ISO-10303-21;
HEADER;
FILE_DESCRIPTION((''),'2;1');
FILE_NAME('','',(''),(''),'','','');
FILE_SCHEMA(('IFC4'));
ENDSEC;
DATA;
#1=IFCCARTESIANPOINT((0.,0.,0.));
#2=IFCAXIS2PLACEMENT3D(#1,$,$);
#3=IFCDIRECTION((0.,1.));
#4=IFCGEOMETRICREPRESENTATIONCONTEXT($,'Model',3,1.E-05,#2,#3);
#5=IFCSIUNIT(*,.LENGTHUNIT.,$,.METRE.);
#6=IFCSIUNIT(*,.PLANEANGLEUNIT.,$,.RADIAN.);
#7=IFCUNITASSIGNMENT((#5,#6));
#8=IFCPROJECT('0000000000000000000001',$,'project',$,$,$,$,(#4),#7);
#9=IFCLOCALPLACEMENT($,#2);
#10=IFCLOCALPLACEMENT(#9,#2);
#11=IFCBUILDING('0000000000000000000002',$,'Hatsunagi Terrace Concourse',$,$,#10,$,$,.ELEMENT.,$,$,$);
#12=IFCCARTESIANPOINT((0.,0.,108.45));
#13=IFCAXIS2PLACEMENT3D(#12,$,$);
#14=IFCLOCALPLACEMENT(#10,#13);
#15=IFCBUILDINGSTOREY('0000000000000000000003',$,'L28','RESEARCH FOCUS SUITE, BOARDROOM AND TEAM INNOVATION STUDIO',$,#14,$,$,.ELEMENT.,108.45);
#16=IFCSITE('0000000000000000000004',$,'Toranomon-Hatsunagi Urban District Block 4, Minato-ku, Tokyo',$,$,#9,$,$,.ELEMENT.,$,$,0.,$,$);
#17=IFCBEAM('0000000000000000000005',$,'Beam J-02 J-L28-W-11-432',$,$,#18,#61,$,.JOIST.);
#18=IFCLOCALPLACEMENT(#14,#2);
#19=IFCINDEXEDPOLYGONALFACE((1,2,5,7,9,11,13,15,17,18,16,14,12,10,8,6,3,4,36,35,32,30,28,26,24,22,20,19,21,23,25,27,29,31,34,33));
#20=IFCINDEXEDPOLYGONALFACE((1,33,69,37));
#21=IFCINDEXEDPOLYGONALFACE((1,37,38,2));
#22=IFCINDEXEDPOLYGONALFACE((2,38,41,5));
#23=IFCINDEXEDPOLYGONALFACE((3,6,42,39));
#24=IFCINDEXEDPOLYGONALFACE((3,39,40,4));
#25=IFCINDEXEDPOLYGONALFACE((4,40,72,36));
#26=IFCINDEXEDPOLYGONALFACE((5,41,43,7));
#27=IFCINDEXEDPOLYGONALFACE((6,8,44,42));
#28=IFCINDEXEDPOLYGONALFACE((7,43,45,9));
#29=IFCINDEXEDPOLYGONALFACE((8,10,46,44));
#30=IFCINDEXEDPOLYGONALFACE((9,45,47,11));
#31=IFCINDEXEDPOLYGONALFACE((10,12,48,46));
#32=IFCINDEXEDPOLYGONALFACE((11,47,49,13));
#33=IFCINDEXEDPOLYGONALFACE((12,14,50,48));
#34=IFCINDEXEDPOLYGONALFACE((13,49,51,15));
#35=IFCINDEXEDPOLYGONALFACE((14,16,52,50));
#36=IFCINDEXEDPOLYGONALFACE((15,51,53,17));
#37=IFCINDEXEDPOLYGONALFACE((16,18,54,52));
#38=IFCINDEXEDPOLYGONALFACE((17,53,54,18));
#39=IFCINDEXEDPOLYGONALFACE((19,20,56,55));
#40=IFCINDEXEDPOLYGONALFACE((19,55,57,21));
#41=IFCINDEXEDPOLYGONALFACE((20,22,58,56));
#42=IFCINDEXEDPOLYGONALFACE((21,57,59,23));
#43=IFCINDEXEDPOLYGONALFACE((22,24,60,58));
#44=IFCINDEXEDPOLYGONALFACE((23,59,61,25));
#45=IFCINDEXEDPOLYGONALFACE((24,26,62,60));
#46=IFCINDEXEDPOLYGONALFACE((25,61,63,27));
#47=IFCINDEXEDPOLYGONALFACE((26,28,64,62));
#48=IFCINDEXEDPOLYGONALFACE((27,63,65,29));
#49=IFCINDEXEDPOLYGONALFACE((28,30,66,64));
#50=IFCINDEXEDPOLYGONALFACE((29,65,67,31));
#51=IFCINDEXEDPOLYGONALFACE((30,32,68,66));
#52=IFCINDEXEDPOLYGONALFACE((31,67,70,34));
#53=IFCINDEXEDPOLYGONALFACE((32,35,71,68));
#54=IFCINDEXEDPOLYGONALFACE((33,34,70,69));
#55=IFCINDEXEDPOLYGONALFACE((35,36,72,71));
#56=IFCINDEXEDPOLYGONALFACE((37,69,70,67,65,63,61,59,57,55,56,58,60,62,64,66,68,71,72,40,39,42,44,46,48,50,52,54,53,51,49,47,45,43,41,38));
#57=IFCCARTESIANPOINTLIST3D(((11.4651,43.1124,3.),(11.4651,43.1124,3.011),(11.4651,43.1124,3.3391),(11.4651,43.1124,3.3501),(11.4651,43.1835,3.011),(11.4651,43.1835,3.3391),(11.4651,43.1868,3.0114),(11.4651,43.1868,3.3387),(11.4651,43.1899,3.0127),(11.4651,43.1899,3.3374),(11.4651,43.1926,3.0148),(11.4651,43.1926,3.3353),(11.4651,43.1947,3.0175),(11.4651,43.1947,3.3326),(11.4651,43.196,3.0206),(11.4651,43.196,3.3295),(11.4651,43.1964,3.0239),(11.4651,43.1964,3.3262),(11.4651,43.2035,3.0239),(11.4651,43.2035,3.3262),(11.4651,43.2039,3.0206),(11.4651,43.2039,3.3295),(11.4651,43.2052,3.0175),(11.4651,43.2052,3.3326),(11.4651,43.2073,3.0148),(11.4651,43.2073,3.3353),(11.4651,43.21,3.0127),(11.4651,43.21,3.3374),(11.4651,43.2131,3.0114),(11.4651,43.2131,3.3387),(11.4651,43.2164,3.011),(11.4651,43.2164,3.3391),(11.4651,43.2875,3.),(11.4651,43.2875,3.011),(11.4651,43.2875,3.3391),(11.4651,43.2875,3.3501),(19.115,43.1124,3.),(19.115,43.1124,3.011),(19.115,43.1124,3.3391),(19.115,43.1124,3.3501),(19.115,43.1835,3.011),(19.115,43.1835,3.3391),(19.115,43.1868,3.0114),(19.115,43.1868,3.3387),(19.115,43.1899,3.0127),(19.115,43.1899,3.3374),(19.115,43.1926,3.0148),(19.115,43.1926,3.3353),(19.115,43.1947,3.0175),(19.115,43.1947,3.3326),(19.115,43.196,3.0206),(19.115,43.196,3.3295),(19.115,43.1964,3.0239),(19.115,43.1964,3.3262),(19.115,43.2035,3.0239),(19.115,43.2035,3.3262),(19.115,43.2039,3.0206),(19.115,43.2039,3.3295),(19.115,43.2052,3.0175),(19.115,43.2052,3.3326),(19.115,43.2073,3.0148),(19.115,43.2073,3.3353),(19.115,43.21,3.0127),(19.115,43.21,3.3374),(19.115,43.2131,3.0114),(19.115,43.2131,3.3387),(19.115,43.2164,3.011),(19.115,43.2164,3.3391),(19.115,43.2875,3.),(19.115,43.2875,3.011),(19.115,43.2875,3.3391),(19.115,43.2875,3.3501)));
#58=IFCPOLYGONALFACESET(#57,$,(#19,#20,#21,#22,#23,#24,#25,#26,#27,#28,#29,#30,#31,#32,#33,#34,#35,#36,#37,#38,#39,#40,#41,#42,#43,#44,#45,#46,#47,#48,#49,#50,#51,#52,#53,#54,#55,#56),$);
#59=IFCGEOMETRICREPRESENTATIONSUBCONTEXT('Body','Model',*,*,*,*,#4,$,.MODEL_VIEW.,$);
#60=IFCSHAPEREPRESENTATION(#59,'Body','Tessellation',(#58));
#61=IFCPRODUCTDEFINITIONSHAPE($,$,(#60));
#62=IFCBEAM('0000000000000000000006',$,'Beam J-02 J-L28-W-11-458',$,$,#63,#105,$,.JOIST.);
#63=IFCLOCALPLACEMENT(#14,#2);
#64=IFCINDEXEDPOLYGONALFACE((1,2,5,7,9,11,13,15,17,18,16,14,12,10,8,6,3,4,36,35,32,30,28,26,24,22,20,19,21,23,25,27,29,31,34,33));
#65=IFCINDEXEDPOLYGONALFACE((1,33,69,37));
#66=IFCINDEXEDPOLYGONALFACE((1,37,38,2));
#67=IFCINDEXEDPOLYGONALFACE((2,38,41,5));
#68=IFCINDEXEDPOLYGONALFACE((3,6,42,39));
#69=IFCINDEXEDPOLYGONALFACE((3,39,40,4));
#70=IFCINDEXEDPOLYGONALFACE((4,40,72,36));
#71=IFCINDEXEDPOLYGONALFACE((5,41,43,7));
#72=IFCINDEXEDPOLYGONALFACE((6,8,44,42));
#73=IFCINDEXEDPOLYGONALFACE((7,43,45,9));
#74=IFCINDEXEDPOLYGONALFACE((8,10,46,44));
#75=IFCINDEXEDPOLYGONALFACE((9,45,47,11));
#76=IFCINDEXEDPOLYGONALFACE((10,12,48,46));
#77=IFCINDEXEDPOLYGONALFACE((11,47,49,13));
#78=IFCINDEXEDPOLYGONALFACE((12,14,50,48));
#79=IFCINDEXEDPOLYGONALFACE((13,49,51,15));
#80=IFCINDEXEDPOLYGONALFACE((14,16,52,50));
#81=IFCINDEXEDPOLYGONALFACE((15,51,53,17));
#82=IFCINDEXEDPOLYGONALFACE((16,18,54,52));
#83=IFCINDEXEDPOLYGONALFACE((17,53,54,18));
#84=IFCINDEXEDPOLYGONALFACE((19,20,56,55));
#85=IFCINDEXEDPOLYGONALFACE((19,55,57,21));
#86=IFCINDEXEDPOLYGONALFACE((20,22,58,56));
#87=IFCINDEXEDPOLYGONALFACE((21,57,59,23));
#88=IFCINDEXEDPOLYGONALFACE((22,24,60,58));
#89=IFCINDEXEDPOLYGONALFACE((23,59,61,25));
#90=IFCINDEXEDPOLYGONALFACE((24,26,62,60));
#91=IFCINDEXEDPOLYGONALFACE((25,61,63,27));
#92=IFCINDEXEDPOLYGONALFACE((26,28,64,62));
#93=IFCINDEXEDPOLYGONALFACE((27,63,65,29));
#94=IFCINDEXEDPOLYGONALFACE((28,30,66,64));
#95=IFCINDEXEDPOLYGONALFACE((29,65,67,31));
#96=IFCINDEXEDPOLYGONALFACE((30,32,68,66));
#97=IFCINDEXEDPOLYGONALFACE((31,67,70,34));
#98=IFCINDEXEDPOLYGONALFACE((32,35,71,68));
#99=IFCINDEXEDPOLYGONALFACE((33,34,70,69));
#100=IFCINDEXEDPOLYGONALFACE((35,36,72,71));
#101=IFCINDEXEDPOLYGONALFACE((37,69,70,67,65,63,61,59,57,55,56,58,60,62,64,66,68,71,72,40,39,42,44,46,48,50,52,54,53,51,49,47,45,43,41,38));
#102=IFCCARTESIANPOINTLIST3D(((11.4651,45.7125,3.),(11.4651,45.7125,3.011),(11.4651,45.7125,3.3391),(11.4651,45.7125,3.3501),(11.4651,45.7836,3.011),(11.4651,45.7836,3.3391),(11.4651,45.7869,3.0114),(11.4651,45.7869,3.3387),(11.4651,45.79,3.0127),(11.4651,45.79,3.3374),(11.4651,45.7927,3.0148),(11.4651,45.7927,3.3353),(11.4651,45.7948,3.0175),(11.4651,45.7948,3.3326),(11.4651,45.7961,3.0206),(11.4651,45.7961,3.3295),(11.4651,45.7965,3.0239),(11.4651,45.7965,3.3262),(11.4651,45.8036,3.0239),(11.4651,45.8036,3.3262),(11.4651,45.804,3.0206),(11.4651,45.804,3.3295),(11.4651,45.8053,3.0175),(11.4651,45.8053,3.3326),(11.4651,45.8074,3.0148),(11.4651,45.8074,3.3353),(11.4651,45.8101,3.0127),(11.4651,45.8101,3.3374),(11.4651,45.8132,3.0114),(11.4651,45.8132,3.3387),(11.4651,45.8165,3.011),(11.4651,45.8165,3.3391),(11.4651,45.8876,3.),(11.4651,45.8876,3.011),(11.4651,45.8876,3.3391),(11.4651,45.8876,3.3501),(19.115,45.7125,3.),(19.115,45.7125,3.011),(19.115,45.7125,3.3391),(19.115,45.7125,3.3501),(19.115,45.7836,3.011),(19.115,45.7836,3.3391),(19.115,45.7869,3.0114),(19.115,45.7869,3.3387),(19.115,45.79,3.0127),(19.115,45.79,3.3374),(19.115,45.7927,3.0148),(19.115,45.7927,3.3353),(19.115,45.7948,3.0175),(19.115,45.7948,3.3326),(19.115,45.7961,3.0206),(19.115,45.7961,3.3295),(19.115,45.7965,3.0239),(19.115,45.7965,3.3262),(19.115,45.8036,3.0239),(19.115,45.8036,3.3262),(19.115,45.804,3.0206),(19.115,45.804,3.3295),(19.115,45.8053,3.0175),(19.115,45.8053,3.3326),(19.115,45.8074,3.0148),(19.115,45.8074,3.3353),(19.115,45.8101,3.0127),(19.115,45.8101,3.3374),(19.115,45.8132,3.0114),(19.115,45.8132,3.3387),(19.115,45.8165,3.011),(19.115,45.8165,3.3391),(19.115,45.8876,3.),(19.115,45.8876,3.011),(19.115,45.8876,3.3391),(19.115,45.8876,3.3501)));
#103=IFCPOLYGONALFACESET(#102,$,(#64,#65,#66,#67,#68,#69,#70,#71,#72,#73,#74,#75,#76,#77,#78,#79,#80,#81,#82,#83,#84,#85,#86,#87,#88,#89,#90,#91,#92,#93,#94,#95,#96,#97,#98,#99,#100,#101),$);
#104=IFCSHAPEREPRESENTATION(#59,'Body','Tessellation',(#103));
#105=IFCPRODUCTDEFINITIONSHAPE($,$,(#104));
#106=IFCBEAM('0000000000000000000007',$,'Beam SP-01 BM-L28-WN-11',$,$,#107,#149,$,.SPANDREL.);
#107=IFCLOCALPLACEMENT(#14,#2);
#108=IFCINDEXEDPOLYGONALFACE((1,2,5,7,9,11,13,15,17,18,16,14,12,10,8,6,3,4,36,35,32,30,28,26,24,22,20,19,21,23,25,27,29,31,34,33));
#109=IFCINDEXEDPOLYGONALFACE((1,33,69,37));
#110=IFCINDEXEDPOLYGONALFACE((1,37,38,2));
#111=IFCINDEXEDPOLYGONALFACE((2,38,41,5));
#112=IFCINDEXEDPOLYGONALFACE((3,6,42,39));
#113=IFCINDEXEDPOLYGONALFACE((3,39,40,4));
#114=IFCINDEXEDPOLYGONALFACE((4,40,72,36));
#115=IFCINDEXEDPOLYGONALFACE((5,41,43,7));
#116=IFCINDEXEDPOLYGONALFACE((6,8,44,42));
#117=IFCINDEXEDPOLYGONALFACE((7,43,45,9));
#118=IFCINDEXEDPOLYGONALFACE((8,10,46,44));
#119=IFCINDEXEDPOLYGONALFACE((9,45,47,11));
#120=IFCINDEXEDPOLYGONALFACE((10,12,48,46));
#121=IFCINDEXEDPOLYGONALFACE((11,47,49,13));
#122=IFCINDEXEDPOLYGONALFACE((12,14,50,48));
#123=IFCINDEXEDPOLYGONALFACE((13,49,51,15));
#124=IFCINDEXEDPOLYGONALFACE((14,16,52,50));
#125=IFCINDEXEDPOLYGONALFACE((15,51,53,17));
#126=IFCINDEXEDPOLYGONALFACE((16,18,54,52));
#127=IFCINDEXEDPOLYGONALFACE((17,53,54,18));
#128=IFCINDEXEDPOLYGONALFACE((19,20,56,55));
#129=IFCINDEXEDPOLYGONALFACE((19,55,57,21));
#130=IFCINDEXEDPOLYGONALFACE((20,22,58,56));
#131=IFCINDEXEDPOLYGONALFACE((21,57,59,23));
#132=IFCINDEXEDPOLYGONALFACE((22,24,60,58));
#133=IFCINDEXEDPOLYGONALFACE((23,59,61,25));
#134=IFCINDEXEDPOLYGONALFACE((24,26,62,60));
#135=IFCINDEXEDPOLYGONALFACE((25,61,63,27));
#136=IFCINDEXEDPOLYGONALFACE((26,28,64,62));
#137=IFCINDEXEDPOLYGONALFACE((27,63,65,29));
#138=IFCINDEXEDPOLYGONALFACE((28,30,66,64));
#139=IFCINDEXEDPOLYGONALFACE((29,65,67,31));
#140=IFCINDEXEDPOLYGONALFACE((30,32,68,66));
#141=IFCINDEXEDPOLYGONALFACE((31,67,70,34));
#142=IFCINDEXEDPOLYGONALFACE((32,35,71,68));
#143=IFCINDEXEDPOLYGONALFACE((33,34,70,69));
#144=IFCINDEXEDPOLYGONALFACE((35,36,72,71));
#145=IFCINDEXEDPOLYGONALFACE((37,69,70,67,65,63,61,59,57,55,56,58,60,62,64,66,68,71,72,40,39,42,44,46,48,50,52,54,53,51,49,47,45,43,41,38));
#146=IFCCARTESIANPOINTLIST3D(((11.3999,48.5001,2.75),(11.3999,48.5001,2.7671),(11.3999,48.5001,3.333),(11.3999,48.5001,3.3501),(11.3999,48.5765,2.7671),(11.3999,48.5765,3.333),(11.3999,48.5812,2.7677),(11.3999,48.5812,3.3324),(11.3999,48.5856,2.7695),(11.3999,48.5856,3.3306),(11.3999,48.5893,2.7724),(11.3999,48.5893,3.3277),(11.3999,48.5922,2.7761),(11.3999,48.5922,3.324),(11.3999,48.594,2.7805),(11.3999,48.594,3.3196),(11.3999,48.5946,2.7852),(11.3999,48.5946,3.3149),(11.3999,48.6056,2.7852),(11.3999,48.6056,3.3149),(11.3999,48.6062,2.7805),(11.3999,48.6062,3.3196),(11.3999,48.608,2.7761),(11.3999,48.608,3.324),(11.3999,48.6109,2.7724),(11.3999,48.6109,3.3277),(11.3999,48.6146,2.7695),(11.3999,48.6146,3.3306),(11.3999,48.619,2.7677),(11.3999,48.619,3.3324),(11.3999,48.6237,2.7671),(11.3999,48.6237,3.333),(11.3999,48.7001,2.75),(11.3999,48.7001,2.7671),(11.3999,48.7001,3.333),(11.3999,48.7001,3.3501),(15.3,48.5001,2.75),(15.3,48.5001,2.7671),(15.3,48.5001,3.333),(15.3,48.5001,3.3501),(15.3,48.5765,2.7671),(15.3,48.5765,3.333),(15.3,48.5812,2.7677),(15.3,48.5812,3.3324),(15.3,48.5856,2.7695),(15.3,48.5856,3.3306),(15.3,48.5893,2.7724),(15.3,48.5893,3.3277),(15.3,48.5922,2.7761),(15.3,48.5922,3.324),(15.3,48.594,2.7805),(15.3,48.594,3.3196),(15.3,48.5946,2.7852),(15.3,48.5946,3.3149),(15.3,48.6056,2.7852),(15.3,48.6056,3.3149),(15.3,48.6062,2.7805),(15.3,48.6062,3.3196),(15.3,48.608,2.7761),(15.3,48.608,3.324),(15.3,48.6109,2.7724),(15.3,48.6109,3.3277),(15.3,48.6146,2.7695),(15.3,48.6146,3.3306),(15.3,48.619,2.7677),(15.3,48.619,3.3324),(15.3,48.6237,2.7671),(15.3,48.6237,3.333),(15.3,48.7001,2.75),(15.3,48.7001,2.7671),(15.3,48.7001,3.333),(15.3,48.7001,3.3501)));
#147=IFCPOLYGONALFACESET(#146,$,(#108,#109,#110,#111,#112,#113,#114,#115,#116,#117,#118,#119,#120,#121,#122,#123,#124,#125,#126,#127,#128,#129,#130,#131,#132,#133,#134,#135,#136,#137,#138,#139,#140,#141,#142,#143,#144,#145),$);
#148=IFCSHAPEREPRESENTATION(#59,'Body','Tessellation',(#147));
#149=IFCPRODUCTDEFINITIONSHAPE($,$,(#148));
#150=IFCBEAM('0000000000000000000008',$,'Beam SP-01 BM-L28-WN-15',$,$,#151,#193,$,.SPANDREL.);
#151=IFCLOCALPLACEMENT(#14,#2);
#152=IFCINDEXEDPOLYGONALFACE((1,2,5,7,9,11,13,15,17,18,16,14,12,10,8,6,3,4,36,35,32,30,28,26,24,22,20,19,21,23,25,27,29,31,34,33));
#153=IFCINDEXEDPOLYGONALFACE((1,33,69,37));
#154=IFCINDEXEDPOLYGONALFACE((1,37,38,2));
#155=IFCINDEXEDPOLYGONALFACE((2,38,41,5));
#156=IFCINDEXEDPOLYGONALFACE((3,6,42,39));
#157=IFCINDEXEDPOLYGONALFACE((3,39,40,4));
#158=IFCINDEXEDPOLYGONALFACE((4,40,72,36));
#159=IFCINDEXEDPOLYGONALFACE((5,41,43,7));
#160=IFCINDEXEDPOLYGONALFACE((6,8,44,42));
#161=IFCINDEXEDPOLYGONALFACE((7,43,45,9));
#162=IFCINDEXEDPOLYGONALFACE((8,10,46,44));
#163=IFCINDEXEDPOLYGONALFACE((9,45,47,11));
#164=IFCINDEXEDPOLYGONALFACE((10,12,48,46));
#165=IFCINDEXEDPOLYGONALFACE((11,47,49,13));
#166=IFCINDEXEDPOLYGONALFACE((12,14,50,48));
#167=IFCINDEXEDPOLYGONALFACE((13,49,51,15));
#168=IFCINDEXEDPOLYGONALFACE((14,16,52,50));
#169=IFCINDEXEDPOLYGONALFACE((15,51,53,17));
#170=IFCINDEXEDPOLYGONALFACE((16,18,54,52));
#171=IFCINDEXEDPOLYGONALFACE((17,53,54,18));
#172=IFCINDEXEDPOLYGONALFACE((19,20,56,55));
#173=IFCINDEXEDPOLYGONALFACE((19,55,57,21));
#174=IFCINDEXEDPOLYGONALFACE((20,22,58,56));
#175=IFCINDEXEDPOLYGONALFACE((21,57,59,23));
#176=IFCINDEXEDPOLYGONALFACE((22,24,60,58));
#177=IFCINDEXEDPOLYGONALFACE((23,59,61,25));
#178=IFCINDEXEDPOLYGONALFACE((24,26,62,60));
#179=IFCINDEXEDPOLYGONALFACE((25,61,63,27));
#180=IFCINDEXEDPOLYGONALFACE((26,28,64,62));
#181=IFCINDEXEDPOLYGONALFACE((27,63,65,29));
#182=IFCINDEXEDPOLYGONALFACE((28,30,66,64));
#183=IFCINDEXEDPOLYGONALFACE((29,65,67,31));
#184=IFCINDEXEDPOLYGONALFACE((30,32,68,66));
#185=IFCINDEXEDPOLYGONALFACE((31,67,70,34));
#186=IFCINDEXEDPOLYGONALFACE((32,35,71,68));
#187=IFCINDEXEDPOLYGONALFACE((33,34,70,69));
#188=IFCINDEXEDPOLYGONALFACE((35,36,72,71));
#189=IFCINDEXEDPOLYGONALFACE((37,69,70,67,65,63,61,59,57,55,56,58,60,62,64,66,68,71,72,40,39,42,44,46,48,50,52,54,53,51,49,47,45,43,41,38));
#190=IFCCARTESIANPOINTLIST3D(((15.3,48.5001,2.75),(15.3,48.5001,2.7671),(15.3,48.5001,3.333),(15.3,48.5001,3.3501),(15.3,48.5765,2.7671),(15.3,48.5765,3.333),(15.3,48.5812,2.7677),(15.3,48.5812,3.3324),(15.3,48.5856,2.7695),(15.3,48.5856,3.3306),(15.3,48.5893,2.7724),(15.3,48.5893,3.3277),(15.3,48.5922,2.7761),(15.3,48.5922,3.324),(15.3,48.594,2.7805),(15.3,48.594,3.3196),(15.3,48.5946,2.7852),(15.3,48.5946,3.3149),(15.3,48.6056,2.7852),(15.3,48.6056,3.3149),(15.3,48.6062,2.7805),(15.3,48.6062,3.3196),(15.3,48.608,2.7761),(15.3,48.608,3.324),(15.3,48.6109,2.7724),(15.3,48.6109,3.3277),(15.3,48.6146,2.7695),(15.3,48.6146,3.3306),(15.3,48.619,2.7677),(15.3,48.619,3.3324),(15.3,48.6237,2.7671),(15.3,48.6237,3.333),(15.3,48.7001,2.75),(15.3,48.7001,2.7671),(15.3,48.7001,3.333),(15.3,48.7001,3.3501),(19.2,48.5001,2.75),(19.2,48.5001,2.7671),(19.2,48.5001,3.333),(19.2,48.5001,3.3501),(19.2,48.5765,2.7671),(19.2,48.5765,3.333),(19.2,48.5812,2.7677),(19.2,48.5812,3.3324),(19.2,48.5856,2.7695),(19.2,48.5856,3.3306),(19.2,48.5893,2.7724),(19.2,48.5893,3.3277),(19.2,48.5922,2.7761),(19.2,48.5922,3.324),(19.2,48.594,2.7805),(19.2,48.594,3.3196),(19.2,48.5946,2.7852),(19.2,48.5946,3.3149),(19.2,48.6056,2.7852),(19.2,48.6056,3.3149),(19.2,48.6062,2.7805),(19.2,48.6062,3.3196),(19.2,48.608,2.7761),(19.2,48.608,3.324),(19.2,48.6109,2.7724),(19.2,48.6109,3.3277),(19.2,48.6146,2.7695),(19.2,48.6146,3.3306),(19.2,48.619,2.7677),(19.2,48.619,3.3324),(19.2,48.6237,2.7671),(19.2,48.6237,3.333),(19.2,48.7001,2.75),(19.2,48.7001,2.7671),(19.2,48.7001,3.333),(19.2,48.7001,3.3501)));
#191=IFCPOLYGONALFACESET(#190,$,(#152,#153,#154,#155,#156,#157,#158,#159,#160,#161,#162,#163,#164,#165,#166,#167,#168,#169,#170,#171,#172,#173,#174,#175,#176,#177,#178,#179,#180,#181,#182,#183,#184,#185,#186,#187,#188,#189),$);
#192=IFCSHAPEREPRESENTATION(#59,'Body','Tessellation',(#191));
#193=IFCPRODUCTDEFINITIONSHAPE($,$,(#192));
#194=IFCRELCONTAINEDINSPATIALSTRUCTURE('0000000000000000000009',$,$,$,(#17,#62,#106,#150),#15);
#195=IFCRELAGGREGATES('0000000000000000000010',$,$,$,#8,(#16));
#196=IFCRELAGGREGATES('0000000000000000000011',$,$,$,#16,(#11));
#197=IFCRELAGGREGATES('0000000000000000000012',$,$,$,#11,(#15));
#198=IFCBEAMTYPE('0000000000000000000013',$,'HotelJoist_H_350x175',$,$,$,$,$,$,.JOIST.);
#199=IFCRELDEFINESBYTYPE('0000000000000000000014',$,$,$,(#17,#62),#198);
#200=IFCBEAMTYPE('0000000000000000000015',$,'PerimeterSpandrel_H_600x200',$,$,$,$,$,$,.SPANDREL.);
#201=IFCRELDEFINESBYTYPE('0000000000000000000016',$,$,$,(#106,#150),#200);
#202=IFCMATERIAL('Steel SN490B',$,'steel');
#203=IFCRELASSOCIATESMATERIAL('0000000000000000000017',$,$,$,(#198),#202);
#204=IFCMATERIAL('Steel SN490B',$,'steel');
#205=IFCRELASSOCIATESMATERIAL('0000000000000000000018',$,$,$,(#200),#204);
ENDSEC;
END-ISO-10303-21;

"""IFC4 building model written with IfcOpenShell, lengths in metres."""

from ifc_helpers import new_model, si_unit, direction, frame, origin, origin_2d, place, context, subcontext, project, spatial, i_section, extrude, material, material_profile, profile_set, type_object, element, save


model = new_model("IFC4")

# Units and contexts
model_context = context("Model", 3, precision=1e-05, world=origin(), true_north=direction((0.0, 1.0)))
body_context = subcontext(model_context, "Body", "Model", "MODEL_VIEW")
ifc_project = project(units=[si_unit("LENGTHUNIT", "METRE"), si_unit("PLANEANGLEUNIT", "RADIAN")], contexts=[model_context])

# Site, building, storey
site_placement = place(None, origin())
site = spatial("IfcSite", under=ifc_project, at=site_placement, Name="Toranomon-Hatsunagi Urban District Block 4, Minato-ku, Tokyo", CompositionType="ELEMENT", RefElevation=0.0)
building_placement = place(site_placement, origin())
building = spatial("IfcBuilding", under=site, at=building_placement, Name="Hatsunagi Terrace Concourse", CompositionType="ELEMENT")
storey_placement = place(building_placement, frame((0.0, 0.0, 108.45)))
storey = spatial("IfcBuildingStorey", under=building, at=storey_placement, Name="L28", Description="RESEARCH FOCUS SUITE, BOARDROOM AND TEAM INNOVATION STUDIO", CompositionType="ELEMENT", Elevation=108.45)

# Beams
ifc_material_1 = material(Name="Steel SN490B", Category="steel")
ifc_material_profile_1 = material_profile(ifc_material_1, i_section(OverallWidth=0.175, OverallDepth=0.3501, WebThickness=0.0071, FlangeThickness=0.011, FilletRadius=0.0129, at=origin_2d()), Name="H-350x175x7x11")
ifc_profile_set_1 = profile_set([ifc_material_profile_1], Name="Steel SN490B")
beam_type_1 = type_object("IfcBeamType", Name="HotelJoist_H_350x175", PredefinedType="JOIST", material=ifc_profile_set_1)
for number, where, z_axis, x_axis, name in (
    (1, (11.4651, 43.2, 3.175), (1.0, 0.0, 0.0), (0.0, 1.0, 0.0), "Beam J-02 J-L28-W-11-432"),
    (2, (11.4651, 45.8, 3.175), (1.0, 0.0, 0.0), (0.0, 1.0, 0.0), "Beam J-02 J-L28-W-11-458"),
):
    element("IfcBeam", number, at=place(storey_placement, frame(where, z_axis=z_axis, x_axis=x_axis)), inside=storey, type_object=beam_type_1, Name=name, PredefinedType="JOIST", context=body_context, shape_type="SweptSolid", body=[
        extrude(i_section(OverallWidth=0.175, OverallDepth=0.3501, WebThickness=0.0071, FlangeThickness=0.011, FilletRadius=0.0129, at=origin_2d()), origin(), (0.0, 0.0, 1.0), 7.6499),
    ])
ifc_material_2 = material(Name="Steel SN490B", Category="steel")
ifc_material_profile_2 = material_profile(ifc_material_2, i_section(OverallWidth=0.2, OverallDepth=0.6001, WebThickness=0.011, FlangeThickness=0.0171, FilletRadius=0.0181, at=origin_2d()), Name="H-600x200x11x17")
ifc_profile_set_2 = profile_set([ifc_material_profile_2], Name="Steel SN490B")
beam_type_2 = type_object("IfcBeamType", Name="PerimeterSpandrel_H_600x200", PredefinedType="SPANDREL", material=ifc_profile_set_2)
beam_1_placement = place(storey_placement, frame((11.3999, 48.6001, 3.05), z_axis=(1.0, 0.0, 0.0), x_axis=(0.0, 1.0, 0.0)))
element("IfcBeam", 3, at=beam_1_placement, inside=storey, type_object=beam_type_2, Name="Beam SP-01 BM-L28-WN-11", PredefinedType="SPANDREL", context=body_context, shape_type="SweptSolid", body=[
    extrude(i_section(OverallWidth=0.2, OverallDepth=0.6001, WebThickness=0.011, FlangeThickness=0.0171, FilletRadius=0.0181, at=origin_2d()), origin(), (0.0, 0.0, 1.0), 3.9001),
])
beam_2_placement = place(storey_placement, frame((15.3, 48.6001, 3.05), z_axis=(1.0, 0.0, 0.0), x_axis=(0.0, 1.0, 0.0)))
element("IfcBeam", 4, at=beam_2_placement, inside=storey, type_object=beam_type_2, Name="Beam SP-01 BM-L28-WN-15", PredefinedType="SPANDREL", context=body_context, shape_type="SweptSolid", body=[
    extrude(i_section(OverallWidth=0.2, OverallDepth=0.6001, WebThickness=0.011, FlangeThickness=0.0171, FilletRadius=0.0181, at=origin_2d()), origin(), (0.0, 0.0, 1.0), 3.8999),
])

save(model, "model.ifc")
